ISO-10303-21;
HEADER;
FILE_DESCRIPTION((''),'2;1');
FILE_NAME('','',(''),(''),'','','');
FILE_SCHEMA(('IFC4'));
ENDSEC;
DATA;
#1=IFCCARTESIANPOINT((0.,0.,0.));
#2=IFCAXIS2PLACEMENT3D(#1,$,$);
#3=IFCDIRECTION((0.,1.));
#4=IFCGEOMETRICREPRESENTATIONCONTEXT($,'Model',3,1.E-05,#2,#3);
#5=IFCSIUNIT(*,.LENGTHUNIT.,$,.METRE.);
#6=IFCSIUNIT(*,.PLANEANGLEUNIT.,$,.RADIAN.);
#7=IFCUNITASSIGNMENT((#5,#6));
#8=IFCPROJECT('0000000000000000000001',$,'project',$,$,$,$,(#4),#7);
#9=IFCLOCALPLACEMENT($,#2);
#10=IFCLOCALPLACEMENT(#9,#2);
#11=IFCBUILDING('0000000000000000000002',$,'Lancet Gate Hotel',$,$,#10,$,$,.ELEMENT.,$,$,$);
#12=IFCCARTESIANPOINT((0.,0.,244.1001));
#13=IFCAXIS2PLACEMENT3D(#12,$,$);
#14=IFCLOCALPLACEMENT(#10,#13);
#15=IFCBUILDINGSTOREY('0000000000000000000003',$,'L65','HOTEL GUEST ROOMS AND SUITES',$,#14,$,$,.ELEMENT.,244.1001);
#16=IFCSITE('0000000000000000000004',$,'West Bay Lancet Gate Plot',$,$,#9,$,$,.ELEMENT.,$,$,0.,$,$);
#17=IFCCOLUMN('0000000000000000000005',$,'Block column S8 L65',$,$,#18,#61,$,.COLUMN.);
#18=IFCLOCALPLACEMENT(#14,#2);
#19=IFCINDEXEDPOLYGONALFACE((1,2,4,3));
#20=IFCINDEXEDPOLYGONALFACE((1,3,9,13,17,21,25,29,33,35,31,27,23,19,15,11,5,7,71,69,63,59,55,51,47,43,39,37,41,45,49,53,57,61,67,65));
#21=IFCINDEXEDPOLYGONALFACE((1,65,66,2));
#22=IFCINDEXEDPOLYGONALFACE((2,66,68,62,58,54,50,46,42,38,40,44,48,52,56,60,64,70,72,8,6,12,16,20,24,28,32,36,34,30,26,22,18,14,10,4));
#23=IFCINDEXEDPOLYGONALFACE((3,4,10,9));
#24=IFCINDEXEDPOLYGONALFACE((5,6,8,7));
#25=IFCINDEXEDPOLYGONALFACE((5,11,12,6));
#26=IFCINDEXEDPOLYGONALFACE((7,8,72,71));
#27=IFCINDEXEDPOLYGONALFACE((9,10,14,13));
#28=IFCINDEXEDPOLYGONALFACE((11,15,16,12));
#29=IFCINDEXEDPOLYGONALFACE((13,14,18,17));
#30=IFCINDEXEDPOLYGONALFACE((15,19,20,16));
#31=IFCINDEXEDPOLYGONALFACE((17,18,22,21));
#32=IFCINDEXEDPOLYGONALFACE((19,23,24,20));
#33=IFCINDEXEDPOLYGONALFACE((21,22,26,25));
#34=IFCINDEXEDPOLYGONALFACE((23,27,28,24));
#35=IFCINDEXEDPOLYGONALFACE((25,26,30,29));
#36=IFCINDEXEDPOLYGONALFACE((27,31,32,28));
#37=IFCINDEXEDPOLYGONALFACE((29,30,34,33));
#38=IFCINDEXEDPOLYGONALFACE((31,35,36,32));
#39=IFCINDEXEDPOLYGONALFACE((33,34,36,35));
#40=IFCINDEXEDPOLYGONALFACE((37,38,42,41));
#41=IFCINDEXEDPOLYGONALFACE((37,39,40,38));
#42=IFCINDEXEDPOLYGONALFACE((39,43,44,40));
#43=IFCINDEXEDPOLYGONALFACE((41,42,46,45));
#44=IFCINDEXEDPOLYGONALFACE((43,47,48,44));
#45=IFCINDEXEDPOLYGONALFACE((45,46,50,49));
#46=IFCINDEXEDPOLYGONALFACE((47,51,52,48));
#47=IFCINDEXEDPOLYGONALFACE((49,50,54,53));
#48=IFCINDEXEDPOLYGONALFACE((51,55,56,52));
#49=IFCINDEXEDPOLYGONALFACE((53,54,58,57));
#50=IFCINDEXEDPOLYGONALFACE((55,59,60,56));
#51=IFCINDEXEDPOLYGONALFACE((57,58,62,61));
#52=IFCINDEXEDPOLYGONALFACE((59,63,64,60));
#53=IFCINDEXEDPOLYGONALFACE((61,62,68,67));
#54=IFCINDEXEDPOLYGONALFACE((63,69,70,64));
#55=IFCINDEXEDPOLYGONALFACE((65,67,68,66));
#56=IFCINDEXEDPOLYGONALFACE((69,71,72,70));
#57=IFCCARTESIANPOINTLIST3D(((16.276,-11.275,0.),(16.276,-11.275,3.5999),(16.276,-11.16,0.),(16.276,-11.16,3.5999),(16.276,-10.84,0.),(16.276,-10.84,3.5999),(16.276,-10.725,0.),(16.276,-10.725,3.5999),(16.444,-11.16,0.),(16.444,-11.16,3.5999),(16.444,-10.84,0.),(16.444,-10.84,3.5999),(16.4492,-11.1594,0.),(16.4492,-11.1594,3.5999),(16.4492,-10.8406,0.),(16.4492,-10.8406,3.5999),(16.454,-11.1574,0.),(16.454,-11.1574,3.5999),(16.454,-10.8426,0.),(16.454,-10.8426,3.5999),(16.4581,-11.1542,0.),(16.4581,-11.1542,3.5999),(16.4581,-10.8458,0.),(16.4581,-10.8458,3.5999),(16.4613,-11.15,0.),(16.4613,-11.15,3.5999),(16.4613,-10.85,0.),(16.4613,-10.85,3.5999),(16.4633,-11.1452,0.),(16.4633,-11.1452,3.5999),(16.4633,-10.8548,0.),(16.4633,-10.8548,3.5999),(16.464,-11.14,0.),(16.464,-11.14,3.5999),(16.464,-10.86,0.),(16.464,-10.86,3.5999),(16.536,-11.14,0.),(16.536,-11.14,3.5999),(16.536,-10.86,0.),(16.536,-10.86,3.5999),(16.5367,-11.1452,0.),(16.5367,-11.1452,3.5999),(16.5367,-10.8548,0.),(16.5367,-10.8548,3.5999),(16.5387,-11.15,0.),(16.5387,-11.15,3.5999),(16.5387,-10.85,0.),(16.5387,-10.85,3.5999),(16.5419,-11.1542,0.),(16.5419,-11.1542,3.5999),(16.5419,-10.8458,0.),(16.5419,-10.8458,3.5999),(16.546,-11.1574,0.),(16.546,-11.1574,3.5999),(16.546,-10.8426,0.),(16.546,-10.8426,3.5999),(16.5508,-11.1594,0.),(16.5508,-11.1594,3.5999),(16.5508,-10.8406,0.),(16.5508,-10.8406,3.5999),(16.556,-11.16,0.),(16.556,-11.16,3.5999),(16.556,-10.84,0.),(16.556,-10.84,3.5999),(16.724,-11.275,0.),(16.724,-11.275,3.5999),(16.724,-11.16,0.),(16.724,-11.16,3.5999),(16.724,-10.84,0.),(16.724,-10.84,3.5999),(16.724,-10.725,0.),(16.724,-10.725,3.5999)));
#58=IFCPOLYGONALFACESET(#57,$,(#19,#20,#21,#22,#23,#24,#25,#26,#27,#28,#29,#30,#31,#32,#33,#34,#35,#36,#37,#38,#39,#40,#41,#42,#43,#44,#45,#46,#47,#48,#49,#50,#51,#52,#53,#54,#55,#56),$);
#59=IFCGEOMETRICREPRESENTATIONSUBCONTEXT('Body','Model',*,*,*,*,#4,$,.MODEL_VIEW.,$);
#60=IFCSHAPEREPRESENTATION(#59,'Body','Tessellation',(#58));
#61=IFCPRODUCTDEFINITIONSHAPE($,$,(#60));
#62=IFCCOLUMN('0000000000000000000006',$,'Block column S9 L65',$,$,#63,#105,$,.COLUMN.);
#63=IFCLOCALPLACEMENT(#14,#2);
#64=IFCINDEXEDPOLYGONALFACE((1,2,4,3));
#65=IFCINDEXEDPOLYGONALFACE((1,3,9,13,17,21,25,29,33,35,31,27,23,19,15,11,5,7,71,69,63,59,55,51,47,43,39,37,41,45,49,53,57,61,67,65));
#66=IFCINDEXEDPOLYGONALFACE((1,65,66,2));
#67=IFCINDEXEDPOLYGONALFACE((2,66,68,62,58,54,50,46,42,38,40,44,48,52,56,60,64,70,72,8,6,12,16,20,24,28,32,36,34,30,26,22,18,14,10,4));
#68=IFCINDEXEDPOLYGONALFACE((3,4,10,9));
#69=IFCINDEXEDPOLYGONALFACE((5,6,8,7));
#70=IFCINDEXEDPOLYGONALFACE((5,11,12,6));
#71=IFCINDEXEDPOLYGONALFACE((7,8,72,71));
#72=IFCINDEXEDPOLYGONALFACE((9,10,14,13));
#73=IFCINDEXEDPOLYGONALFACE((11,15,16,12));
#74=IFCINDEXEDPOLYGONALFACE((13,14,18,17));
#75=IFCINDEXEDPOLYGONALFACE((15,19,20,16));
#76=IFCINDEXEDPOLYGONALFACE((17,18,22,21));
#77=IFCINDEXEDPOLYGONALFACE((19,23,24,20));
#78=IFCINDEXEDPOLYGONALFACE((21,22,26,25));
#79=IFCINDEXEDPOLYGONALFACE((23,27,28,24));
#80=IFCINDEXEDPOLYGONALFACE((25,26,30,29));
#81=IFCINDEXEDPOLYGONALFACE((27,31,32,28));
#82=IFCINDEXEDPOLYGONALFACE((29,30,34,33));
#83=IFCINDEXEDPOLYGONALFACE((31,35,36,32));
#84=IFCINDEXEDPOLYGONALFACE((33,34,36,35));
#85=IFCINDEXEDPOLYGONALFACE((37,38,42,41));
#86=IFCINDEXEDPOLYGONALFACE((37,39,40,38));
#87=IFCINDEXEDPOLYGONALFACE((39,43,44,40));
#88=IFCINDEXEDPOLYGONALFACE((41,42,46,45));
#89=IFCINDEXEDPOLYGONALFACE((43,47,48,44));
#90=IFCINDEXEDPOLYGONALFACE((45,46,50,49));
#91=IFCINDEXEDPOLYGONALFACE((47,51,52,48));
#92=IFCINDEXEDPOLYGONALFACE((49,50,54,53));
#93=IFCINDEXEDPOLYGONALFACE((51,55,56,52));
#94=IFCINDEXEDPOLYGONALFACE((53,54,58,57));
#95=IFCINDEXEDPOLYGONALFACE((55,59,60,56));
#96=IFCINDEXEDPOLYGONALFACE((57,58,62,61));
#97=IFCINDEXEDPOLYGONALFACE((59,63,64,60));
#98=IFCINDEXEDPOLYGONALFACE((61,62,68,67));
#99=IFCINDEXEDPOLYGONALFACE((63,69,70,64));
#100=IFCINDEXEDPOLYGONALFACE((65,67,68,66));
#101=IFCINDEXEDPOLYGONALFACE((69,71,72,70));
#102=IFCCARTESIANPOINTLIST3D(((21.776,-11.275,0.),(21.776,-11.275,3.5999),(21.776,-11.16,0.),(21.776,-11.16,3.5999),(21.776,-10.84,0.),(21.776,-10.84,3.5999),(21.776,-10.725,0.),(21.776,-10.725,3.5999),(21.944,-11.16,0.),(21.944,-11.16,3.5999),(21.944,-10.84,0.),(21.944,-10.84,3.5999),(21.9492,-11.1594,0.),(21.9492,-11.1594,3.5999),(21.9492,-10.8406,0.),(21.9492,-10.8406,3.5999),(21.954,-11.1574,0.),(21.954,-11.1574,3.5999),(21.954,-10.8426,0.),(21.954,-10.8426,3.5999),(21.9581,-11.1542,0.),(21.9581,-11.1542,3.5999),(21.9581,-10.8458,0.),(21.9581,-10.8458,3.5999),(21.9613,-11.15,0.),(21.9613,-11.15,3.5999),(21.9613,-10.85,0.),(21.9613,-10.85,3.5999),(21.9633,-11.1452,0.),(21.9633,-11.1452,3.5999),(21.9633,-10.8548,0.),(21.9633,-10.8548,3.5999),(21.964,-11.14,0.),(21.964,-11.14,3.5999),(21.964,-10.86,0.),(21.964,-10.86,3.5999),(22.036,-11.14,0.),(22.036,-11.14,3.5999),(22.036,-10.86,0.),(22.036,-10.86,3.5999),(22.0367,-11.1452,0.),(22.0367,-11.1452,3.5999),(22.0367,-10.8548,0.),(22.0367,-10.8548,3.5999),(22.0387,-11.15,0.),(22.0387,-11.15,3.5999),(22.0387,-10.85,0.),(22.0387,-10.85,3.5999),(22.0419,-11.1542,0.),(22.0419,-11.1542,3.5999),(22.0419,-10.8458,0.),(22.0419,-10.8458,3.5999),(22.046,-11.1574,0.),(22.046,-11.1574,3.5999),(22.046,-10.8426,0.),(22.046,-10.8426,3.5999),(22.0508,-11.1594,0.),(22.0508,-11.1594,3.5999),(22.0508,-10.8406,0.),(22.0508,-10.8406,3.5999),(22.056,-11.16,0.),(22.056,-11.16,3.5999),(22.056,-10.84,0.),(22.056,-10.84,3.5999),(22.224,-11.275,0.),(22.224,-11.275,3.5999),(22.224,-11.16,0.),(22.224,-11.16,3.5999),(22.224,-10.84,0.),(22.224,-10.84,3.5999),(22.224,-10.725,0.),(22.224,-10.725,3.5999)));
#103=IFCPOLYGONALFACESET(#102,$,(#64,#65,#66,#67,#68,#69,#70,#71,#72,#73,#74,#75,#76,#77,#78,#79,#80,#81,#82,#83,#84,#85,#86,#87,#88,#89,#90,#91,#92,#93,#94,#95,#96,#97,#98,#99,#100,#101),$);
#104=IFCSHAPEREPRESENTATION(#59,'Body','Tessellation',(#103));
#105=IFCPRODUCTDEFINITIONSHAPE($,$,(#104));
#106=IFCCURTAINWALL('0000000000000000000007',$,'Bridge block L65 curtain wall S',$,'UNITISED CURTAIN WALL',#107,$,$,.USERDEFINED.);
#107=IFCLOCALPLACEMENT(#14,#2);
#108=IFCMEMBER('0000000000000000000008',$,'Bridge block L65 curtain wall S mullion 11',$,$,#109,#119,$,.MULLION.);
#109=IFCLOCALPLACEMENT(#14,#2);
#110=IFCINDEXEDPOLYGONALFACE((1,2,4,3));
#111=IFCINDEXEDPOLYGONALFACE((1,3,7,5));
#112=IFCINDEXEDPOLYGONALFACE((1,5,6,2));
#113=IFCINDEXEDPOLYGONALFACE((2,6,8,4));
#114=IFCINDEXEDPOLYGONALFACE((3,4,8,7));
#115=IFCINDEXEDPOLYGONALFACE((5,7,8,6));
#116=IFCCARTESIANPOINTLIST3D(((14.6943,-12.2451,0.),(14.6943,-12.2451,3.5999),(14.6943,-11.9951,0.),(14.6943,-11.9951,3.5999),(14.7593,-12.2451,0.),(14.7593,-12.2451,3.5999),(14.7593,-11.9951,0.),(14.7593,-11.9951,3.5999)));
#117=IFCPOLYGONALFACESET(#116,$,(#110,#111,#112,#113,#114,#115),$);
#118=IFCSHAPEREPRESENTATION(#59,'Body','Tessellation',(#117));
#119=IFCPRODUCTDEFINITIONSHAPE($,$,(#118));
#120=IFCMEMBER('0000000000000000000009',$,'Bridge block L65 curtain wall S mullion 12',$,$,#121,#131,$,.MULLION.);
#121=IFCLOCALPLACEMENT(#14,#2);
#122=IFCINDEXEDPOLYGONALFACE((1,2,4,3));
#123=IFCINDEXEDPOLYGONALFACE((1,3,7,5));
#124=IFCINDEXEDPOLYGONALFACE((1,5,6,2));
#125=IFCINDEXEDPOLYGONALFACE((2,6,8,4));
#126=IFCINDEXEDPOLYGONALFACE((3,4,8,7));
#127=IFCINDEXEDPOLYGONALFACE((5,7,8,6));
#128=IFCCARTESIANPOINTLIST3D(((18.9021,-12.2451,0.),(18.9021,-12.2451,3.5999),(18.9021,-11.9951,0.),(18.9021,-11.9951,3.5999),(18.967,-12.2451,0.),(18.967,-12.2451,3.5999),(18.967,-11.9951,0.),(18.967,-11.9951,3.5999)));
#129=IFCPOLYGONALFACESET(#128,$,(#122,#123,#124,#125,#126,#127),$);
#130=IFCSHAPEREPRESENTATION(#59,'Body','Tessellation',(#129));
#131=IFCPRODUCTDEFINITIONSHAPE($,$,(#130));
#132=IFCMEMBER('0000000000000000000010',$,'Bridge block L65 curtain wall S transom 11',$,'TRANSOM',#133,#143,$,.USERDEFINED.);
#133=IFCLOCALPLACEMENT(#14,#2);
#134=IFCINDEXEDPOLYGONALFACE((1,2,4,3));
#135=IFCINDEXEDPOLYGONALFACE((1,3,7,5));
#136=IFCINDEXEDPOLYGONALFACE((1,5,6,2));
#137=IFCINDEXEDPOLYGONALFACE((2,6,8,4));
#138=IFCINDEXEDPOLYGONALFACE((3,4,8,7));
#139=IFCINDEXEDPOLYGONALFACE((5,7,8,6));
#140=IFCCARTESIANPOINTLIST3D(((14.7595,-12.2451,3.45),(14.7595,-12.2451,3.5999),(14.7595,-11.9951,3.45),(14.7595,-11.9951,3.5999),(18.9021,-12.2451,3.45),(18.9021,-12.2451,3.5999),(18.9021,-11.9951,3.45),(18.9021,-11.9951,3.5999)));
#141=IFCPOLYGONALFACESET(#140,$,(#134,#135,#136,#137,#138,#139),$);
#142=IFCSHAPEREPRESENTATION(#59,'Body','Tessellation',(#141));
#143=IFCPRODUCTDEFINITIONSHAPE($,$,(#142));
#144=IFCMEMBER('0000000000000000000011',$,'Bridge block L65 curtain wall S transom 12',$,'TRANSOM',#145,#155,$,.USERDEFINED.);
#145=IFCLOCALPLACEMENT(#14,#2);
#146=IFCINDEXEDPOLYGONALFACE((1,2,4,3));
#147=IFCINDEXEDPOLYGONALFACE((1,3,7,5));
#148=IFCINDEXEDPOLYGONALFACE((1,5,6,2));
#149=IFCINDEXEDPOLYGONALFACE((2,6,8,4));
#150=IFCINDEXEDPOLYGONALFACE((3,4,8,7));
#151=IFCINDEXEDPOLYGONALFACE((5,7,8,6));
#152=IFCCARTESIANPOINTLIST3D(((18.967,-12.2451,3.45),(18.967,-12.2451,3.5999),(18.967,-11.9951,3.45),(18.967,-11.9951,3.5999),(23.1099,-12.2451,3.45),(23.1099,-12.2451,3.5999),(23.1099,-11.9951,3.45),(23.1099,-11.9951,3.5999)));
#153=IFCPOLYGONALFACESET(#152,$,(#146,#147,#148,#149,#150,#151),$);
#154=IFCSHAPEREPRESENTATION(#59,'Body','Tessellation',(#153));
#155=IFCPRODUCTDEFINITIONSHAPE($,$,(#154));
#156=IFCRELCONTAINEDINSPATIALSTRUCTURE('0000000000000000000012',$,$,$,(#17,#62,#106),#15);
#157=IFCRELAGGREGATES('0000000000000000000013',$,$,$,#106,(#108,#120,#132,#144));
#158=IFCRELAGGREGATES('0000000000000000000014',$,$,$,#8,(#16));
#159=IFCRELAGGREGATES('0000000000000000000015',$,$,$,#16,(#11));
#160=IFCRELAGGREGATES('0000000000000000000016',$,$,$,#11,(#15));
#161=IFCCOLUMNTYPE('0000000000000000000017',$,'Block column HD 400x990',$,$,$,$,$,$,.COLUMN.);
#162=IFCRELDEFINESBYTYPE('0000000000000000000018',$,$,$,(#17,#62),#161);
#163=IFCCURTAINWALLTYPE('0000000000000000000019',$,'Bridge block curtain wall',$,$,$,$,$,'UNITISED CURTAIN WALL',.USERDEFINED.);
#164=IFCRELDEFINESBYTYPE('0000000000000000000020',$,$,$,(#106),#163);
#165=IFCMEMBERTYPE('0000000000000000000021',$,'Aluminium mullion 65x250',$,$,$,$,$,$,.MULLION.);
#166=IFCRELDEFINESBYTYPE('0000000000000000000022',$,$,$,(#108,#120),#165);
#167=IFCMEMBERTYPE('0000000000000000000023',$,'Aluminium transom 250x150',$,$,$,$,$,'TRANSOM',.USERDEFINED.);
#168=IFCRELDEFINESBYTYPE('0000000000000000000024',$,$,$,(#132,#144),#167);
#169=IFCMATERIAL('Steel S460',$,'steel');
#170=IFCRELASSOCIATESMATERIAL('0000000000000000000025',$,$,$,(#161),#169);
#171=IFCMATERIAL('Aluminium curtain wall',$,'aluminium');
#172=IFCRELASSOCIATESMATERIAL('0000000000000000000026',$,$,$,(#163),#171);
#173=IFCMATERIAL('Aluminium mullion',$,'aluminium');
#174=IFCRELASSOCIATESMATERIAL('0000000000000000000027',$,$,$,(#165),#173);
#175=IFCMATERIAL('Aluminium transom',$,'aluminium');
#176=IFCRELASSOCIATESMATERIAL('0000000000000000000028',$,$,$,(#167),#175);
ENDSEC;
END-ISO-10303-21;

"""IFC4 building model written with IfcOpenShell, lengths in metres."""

from ifc_helpers import new_model, si_unit, direction, frame, origin, origin_2d, place, context, subcontext, project, spatial, rectangle, i_section, extrude, material, material_profile, profile_set, type_object, element, aggregate, save


model = new_model("IFC4")

# Units and contexts
model_context = context("Model", 3, precision=1e-05, world=origin(), true_north=direction((0.0, 1.0)))
body_context = subcontext(model_context, "Body", "Model", "MODEL_VIEW")
ifc_project = project(units=[si_unit("LENGTHUNIT", "METRE"), si_unit("PLANEANGLEUNIT", "RADIAN")], contexts=[model_context])

# Site, building, storey
site_placement = place(None, origin())
site = spatial("IfcSite", under=ifc_project, at=site_placement, Name="West Bay Lancet Gate Plot", CompositionType="ELEMENT", RefElevation=0.0)
building_placement = place(site_placement, origin())
building = spatial("IfcBuilding", under=site, at=building_placement, Name="Lancet Gate Hotel", CompositionType="ELEMENT")
storey_placement = place(building_placement, frame((0.0, 0.0, 244.1001)))
storey = spatial("IfcBuildingStorey", under=building, at=storey_placement, Name="L65", Description="HOTEL GUEST ROOMS AND SUITES", CompositionType="ELEMENT", Elevation=244.1001)

# Columns
ifc_material_1 = material(Name="Steel S460", Category="steel")
ifc_material_profile_1 = material_profile(ifc_material_1, i_section(OverallWidth=0.448, OverallDepth=0.55, WebThickness=0.072, FlangeThickness=0.115, FilletRadius=0.02, at=origin_2d()), Name="HD 400x990")
ifc_profile_set_1 = profile_set([ifc_material_profile_1], Name="Steel S460")
column_type = type_object("IfcColumnType", Name="Block column HD 400x990", PredefinedType="COLUMN", material=ifc_profile_set_1)
for number, where, z_axis, x_axis, name in (
    (1, (16.5, -11.0, 0.0), (0.0, 0.0, 1.0), (1.0, 0.0, 0.0), "Block column S8 L65"),
    (2, (22.0, -11.0, 0.0), (0.0, 0.0, 1.0), (1.0, 0.0, 0.0), "Block column S9 L65"),
):
    element("IfcColumn", number, at=place(storey_placement, frame(where, z_axis=z_axis, x_axis=x_axis)), inside=storey, type_object=column_type, Name=name, PredefinedType="COLUMN", context=body_context, shape_type="SweptSolid", body=[
        extrude(i_section(OverallWidth=0.448, OverallDepth=0.55, WebThickness=0.072, FlangeThickness=0.115, FilletRadius=0.02, at=origin_2d()), origin(), (0.0, 0.0, 1.0), 3.5999),
    ])

# Curtain wall, members
ifc_material_2 = material(Name="Aluminium curtain wall", Category="aluminium")
curtain_wall_type = type_object("IfcCurtainWallType", Name="Bridge block curtain wall", ElementType="UNITISED CURTAIN WALL", PredefinedType="USERDEFINED", material=ifc_material_2)
curtain_wall_placement = place(storey_placement, origin())
curtain_wall = element("IfcCurtainWall", 3, at=curtain_wall_placement, inside=storey, type_object=curtain_wall_type, Name="Bridge block L65 curtain wall S", ObjectType="UNITISED CURTAIN WALL", PredefinedType="USERDEFINED")
ifc_material_3 = material(Name="Aluminium mullion", Category="aluminium")
ifc_material_profile_2 = material_profile(ifc_material_3, rectangle(XDim=0.0649, YDim=0.25, at=origin_2d()), Name="MULLION 65x250")
ifc_profile_set_2 = profile_set([ifc_material_profile_2], Name="Aluminium mullion")
member_type_1 = type_object("IfcMemberType", Name="Aluminium mullion 65x250", PredefinedType="MULLION", material=ifc_profile_set_2)
member_1_placement = place(storey_placement, frame((14.7268, -12.1201, 0.0), z_axis=(0.0, 0.0, 1.0), x_axis=(1.0, 0.0, 0.0)))
member_1 = element("IfcMember", 4, at=member_1_placement, type_object=member_type_1, Name="Bridge block L65 curtain wall S mullion 11", PredefinedType="MULLION", context=body_context, shape_type="SweptSolid", body=[
    extrude(rectangle(XDim=0.0649, YDim=0.25, at=origin_2d()), origin(), (0.0, 0.0, 1.0), 3.5999),
])
member_2_placement = place(storey_placement, frame((18.9346, -12.1201, 0.0), z_axis=(0.0, 0.0, 1.0), x_axis=(1.0, 0.0, 0.0)))
member_2 = element("IfcMember", 5, at=member_2_placement, type_object=member_type_1, Name="Bridge block L65 curtain wall S mullion 12", PredefinedType="MULLION", context=body_context, shape_type="SweptSolid", body=[
    extrude(rectangle(XDim=0.0649, YDim=0.25, at=origin_2d()), origin(), (0.0, 0.0, 1.0), 3.5999),
])
ifc_material_4 = material(Name="Aluminium transom", Category="aluminium")
ifc_material_profile_3 = material_profile(ifc_material_4, rectangle(XDim=0.25, YDim=0.1499, at=origin_2d()), Name="TRANSOM 250x150")
ifc_profile_set_3 = profile_set([ifc_material_profile_3], Name="Aluminium transom")
member_type_2 = type_object("IfcMemberType", Name="Aluminium transom 250x150", ElementType="TRANSOM", PredefinedType="USERDEFINED", material=ifc_profile_set_3)
member_3_placement = place(storey_placement, frame((14.7595, -12.1201, 3.5249), z_axis=(1.0, 0.0, 0.0), x_axis=(0.0, 1.0, 0.0)))
member_3 = element("IfcMember", 6, at=member_3_placement, type_object=member_type_2, Name="Bridge block L65 curtain wall S transom 11", ObjectType="TRANSOM", PredefinedType="USERDEFINED", context=body_context, shape_type="SweptSolid", body=[
    extrude(rectangle(XDim=0.25, YDim=0.1499, at=origin_2d()), origin(), (0.0, 0.0, 1.0), 4.1426),
])
member_4_placement = place(storey_placement, frame((18.967, -12.1201, 3.5249), z_axis=(1.0, 0.0, 0.0), x_axis=(0.0, 1.0, 0.0)))
member_4 = element("IfcMember", 7, at=member_4_placement, type_object=member_type_2, Name="Bridge block L65 curtain wall S transom 12", ObjectType="TRANSOM", PredefinedType="USERDEFINED", context=body_context, shape_type="SweptSolid", body=[
    extrude(rectangle(XDim=0.25, YDim=0.1499, at=origin_2d()), origin(), (0.0, 0.0, 1.0), 4.1428),
])

aggregate(curtain_wall, [member_1, member_2, member_3, member_4])

save(model, "model.ifc")
